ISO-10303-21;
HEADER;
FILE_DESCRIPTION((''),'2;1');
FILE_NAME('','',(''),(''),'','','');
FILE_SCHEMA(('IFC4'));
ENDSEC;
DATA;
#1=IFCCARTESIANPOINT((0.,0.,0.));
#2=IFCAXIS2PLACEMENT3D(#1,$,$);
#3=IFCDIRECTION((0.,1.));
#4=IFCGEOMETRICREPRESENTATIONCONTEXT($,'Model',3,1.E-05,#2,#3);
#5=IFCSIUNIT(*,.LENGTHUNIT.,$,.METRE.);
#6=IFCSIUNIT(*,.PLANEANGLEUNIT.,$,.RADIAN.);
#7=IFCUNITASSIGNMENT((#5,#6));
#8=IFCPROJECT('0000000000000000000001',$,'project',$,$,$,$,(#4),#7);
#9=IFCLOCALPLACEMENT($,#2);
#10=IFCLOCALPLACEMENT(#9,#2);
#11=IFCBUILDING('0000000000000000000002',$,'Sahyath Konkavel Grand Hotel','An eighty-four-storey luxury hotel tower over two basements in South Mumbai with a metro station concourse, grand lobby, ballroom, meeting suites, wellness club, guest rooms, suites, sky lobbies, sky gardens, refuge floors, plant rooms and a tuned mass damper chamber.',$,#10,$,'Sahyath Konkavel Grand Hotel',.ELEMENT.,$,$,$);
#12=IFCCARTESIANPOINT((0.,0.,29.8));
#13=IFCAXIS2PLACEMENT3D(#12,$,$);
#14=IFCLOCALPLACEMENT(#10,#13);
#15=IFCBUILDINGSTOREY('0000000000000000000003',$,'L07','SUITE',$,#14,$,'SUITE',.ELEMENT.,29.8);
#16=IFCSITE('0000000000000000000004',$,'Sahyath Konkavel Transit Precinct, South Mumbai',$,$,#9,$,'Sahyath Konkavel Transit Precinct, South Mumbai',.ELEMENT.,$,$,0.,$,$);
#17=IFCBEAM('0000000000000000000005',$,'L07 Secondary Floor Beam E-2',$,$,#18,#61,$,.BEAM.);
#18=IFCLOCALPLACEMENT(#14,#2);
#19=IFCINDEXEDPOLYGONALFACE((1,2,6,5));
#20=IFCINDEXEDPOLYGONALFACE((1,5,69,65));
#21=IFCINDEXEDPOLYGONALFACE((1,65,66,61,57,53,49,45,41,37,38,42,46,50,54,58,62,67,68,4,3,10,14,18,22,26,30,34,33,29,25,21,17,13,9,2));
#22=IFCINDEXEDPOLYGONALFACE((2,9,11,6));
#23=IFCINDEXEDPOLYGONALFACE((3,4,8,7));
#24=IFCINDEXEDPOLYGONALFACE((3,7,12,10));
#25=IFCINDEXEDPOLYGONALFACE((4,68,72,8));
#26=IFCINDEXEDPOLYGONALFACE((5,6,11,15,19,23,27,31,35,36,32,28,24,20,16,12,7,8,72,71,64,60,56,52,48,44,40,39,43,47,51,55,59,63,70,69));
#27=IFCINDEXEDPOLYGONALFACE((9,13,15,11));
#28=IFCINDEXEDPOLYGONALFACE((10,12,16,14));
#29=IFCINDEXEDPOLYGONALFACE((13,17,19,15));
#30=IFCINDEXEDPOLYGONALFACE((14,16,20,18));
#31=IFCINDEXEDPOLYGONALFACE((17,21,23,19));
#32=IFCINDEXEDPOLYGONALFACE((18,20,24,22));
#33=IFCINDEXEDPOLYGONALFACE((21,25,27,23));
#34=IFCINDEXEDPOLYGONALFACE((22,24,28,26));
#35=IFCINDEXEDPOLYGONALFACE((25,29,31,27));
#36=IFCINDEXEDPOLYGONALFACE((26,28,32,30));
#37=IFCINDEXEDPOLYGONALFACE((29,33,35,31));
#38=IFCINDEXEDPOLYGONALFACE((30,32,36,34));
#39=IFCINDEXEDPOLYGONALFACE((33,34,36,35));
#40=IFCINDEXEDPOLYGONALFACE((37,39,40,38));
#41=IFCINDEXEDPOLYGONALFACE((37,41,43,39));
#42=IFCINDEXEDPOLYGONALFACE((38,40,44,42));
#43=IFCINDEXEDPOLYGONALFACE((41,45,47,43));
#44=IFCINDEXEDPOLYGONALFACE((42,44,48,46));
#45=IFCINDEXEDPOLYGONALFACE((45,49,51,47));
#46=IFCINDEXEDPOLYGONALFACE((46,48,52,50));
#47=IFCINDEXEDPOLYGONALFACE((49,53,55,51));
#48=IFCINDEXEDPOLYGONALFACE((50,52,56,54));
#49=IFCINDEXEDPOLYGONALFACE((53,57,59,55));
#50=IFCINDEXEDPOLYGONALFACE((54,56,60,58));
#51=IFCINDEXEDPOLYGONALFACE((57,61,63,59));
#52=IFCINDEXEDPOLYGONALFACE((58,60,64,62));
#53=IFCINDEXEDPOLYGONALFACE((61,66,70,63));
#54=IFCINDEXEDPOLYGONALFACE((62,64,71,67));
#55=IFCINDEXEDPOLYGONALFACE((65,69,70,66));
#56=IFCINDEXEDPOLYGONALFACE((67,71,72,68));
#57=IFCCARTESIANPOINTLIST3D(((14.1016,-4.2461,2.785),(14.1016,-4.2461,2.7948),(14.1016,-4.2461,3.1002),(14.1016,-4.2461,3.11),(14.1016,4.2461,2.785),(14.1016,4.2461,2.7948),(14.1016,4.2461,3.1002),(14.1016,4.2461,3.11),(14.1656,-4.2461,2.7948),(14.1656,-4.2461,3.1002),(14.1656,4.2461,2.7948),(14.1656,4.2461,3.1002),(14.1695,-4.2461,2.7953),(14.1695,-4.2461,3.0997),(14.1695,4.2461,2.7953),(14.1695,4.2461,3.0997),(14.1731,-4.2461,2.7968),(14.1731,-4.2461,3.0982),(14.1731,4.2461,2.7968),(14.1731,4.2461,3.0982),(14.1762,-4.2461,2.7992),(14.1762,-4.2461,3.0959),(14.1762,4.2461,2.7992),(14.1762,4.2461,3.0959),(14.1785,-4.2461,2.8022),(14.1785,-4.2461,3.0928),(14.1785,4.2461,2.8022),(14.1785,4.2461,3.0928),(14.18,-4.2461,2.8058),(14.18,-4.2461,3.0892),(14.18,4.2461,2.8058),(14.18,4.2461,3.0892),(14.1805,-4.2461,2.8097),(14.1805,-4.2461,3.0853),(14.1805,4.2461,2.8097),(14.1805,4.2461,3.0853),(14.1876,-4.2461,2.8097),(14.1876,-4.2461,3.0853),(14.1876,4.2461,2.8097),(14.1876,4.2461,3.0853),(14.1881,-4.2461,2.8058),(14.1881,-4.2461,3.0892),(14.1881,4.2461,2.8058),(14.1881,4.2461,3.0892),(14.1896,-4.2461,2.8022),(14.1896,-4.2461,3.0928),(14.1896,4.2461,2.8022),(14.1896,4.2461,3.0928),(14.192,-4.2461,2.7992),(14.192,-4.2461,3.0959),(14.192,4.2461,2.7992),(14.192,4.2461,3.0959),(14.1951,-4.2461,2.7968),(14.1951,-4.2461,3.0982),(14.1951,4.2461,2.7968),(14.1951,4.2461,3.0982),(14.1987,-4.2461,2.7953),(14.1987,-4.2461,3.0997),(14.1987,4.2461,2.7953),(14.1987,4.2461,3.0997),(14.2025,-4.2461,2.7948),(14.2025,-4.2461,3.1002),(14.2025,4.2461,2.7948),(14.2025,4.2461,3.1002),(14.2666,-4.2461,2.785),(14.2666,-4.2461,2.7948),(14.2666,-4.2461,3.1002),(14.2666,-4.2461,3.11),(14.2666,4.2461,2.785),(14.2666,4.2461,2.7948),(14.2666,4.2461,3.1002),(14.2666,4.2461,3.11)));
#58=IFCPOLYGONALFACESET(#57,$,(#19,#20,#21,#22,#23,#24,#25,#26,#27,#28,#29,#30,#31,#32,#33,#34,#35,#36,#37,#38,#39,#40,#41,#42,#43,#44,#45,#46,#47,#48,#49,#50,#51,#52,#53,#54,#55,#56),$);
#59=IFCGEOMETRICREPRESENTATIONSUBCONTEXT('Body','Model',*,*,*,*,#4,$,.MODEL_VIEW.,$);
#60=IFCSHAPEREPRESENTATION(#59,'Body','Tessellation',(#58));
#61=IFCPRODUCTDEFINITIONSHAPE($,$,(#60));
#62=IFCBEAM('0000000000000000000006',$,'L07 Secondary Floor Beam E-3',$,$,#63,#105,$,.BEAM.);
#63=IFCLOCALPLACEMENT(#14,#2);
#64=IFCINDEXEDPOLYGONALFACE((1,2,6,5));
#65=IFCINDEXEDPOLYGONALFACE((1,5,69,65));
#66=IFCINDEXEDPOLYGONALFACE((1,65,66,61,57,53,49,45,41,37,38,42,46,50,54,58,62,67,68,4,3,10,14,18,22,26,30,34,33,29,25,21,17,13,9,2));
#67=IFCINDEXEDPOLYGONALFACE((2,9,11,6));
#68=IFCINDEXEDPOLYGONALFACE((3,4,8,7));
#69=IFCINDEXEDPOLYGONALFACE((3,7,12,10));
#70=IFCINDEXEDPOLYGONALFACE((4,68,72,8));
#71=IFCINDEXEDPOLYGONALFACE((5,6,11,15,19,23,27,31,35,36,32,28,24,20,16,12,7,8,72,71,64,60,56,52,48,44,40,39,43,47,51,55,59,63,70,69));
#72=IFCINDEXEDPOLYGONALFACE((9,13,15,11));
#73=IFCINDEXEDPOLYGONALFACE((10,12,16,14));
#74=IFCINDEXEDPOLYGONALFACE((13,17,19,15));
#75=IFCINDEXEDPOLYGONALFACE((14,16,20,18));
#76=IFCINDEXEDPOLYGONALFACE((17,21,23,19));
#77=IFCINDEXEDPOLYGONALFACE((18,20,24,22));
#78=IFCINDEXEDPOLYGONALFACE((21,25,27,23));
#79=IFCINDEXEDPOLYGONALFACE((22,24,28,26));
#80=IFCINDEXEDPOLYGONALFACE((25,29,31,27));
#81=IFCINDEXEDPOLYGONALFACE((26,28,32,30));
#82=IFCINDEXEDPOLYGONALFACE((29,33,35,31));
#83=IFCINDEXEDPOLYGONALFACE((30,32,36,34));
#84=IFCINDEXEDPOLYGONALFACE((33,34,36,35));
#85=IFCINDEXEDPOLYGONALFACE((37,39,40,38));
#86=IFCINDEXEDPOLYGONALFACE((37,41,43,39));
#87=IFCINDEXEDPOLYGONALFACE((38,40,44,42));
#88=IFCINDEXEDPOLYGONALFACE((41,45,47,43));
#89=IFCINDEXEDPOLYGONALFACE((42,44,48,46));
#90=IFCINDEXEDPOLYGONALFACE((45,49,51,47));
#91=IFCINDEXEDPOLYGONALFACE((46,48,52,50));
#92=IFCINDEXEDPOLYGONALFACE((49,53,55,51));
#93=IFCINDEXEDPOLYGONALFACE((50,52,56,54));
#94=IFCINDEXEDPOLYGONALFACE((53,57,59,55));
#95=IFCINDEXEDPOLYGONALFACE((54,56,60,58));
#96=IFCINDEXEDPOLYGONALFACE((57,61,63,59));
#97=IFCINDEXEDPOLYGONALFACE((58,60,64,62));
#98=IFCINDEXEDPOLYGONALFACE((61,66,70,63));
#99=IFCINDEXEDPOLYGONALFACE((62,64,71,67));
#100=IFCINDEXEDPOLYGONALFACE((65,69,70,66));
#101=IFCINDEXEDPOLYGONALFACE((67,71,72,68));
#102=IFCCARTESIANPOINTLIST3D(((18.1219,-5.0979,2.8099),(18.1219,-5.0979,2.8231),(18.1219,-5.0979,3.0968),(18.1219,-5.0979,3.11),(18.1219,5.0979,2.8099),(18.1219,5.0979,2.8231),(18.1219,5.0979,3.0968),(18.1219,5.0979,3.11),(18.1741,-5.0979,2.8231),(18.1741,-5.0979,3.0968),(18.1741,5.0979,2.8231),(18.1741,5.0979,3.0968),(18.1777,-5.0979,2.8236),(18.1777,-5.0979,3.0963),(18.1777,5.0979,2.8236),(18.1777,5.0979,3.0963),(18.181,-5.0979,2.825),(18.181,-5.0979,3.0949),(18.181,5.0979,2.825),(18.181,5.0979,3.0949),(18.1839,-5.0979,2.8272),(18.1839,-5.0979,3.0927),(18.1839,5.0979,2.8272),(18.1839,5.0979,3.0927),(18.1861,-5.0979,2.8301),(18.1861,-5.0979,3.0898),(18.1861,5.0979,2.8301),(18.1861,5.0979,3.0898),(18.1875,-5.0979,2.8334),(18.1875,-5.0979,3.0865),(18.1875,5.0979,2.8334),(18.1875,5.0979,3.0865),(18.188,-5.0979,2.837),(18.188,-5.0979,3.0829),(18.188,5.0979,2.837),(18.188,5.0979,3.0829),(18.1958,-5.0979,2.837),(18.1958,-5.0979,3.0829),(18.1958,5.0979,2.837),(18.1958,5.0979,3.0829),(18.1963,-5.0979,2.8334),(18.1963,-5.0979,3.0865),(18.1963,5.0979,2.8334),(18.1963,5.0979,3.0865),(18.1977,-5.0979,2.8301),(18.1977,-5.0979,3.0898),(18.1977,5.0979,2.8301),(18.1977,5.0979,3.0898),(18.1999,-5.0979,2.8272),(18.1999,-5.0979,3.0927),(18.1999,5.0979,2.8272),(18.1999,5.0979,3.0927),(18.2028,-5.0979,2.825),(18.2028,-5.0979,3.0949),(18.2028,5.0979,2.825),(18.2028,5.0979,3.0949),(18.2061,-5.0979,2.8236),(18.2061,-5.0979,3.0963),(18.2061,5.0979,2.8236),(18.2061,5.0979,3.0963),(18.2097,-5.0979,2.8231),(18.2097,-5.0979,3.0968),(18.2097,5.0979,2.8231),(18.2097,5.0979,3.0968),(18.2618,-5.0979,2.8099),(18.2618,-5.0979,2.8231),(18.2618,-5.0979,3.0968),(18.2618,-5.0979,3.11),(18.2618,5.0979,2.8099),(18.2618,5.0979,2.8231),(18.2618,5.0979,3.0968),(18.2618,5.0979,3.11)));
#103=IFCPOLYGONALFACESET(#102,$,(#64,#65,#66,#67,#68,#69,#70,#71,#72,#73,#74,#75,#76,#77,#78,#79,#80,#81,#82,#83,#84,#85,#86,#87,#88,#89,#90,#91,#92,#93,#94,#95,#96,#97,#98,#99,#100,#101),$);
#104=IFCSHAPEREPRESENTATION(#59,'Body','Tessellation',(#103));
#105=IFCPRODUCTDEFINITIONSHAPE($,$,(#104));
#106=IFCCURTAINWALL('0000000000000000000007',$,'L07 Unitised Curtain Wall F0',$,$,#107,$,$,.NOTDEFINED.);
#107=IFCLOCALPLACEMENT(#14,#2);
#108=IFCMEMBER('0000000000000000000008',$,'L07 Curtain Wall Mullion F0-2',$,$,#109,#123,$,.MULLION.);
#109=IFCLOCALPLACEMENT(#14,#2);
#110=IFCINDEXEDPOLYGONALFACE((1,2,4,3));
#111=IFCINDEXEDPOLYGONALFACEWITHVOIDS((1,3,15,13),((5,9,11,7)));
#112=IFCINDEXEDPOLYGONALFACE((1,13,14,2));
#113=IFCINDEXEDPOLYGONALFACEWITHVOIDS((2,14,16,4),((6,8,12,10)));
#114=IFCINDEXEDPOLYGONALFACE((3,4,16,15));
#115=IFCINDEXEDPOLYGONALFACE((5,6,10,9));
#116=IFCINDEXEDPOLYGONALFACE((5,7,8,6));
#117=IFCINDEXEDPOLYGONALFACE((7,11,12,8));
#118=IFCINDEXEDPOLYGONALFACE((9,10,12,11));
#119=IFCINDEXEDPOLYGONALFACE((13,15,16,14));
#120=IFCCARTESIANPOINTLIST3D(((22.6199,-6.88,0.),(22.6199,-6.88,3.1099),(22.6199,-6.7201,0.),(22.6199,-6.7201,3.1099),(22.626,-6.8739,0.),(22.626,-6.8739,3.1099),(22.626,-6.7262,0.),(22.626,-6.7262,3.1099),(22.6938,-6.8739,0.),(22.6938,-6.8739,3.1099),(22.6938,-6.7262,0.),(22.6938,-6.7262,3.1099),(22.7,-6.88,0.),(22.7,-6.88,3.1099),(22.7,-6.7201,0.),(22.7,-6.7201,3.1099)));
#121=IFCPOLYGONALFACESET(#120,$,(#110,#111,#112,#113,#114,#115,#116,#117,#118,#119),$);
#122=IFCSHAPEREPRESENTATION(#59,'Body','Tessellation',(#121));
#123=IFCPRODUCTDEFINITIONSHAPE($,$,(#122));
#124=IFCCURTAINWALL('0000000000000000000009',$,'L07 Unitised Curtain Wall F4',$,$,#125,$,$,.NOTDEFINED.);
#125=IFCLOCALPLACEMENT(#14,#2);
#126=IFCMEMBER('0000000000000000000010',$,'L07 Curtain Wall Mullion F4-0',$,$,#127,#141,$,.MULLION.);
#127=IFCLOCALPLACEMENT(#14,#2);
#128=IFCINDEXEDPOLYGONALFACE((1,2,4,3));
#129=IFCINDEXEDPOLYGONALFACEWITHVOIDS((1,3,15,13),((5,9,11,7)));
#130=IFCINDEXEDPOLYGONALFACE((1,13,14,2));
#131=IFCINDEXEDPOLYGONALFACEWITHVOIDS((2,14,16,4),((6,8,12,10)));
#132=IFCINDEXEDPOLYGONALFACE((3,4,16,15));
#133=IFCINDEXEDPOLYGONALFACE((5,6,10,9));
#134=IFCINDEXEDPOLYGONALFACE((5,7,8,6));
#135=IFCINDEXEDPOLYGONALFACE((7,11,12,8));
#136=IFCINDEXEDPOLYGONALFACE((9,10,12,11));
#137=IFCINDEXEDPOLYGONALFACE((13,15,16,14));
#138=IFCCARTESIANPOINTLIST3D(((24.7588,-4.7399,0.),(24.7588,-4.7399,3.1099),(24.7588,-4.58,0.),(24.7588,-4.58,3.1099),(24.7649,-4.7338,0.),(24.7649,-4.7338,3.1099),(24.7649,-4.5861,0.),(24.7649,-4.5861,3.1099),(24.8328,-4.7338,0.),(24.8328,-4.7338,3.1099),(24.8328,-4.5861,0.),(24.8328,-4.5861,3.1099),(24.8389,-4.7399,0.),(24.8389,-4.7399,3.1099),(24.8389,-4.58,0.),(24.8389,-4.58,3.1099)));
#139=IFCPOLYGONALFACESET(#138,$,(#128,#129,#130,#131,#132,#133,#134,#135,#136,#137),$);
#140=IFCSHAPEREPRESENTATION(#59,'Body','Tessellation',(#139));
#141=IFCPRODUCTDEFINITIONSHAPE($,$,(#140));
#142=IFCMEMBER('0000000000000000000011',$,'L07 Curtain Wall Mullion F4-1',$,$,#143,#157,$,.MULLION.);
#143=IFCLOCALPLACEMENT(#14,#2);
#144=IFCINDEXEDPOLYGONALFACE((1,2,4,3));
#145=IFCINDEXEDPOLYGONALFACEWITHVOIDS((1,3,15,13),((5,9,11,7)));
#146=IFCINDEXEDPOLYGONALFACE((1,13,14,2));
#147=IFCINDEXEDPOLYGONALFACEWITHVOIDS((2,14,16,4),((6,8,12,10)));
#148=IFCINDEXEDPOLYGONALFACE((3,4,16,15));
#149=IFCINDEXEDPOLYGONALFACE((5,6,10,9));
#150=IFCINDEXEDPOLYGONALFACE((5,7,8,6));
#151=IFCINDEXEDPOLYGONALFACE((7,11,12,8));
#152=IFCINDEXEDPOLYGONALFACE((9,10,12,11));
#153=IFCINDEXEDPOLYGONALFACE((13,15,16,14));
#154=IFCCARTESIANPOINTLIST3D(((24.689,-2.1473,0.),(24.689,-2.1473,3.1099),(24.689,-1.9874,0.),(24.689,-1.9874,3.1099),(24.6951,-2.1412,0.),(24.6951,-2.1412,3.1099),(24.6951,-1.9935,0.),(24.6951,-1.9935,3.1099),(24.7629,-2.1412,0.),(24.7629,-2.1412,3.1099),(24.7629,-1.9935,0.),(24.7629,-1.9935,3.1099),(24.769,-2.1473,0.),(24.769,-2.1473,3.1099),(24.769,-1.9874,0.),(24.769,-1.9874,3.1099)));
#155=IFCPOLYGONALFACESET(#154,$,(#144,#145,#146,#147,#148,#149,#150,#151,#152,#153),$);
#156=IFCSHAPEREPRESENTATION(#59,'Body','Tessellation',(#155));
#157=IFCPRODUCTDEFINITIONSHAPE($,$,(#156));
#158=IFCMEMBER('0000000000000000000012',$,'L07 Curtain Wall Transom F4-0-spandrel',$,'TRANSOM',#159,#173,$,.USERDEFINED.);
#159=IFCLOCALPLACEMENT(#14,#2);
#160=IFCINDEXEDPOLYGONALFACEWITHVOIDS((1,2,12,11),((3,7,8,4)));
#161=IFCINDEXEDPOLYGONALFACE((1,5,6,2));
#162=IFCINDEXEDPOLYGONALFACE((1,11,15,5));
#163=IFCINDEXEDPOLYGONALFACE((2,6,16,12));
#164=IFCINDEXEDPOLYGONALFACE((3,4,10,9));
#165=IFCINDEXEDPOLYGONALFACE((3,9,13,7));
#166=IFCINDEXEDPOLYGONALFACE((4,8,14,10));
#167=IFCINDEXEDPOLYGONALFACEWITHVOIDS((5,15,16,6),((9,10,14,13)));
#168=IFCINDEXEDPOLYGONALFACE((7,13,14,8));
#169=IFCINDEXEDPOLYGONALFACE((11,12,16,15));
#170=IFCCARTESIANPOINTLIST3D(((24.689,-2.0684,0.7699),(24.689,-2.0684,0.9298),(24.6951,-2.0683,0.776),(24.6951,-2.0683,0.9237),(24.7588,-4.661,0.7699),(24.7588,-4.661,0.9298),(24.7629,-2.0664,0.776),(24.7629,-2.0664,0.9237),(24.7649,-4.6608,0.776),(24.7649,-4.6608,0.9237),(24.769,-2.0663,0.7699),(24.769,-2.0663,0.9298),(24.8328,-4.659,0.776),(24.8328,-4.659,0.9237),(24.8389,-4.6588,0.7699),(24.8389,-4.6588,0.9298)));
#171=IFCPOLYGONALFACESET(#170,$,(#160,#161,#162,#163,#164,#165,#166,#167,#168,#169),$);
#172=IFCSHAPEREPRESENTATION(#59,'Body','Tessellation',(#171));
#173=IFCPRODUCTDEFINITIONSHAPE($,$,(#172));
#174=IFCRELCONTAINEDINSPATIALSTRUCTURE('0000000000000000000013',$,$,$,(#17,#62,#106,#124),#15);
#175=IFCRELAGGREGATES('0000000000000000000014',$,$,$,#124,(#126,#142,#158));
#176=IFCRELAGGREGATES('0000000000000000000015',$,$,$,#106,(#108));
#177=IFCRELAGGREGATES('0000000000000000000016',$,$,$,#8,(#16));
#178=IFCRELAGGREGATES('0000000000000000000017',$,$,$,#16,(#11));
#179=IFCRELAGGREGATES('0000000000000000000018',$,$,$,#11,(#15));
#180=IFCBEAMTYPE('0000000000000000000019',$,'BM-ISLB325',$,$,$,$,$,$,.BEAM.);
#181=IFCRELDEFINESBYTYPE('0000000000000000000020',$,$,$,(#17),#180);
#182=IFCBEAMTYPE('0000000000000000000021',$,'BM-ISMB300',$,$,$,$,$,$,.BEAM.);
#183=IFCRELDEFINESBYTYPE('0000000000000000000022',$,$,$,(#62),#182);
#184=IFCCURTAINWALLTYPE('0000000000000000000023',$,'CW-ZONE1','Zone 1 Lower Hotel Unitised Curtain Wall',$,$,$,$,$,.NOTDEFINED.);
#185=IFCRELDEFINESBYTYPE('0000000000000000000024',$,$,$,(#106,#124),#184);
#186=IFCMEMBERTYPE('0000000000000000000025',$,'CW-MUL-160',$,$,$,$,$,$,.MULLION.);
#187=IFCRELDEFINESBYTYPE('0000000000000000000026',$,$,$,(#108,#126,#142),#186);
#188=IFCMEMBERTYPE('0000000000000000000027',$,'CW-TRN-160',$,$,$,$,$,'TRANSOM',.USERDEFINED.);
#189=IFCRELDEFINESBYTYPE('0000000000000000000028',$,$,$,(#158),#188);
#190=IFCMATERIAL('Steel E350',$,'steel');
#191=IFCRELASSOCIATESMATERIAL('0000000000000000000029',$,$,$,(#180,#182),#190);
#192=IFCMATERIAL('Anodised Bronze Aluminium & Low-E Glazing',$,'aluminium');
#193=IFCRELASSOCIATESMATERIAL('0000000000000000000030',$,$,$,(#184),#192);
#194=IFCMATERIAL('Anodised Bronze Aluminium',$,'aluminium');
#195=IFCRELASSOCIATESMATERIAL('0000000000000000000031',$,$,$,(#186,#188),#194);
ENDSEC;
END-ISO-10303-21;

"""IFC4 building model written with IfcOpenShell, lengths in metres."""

from ifc_helpers import new_model, si_unit, direction, frame, origin, origin_2d, place, context, subcontext, project, spatial, hollow_rectangle, i_section, extrude, source, transform, mapped, material, material_profile, profile_set, type_object, element, aggregate, save


model = new_model("IFC4")

# Units and contexts
model_context = context("Model", 3, precision=1e-05, world=origin(), true_north=direction((0.0, 1.0)))
body_context = subcontext(model_context, "Body", "Model", "MODEL_VIEW")
ifc_project = project(units=[si_unit("LENGTHUNIT", "METRE"), si_unit("PLANEANGLEUNIT", "RADIAN")], contexts=[model_context])

# Site, building, storey
site_placement = place(None, origin())
site = spatial("IfcSite", under=ifc_project, at=site_placement, Name="Sahyath Konkavel Transit Precinct, South Mumbai", LongName="Sahyath Konkavel Transit Precinct, South Mumbai", CompositionType="ELEMENT", RefElevation=0.0)
building_placement = place(site_placement, origin())
building = spatial("IfcBuilding", under=site, at=building_placement, Name="Sahyath Konkavel Grand Hotel", Description="An eighty-four-storey luxury hotel tower over two basements in South Mumbai with a metro station concourse, grand lobby, ballroom, meeting suites, wellness club, guest rooms, suites, sky lobbies, sky gardens, refuge floors, plant rooms and a tuned mass damper chamber.", LongName="Sahyath Konkavel Grand Hotel", CompositionType="ELEMENT")
storey_placement = place(building_placement, frame((0.0, 0.0, 29.8)))
storey = spatial("IfcBuildingStorey", under=building, at=storey_placement, Name="L07", Description="SUITE", LongName="SUITE", CompositionType="ELEMENT", Elevation=29.8)

# Beams
ifc_material_1 = material(Name="Steel E350", Category="steel")
ifc_material_profile_1 = material_profile(ifc_material_1, i_section(OverallWidth=0.165, OverallDepth=0.325, WebThickness=0.0071, FlangeThickness=0.0098, FilletRadius=0.0149, at=origin_2d()), Name="ISLB 325")
ifc_profile_set_1 = profile_set([ifc_material_profile_1], Name="Steel E350")
beam_type_1 = type_object("IfcBeamType", Name="BM-ISLB325", PredefinedType="BEAM", material=ifc_profile_set_1)
shared_shape_1 = source(origin(), body_context, "Body", "SweptSolid", [
    extrude(i_section(OverallWidth=0.165, OverallDepth=0.325, WebThickness=0.0071, FlangeThickness=0.0098, FilletRadius=0.0149, at=origin_2d()), origin(), (0.0, 0.0, 1.0), 8.4922),
])
beam_1_placement = place(storey_placement, frame((14.1841, -4.2461, 2.9475), z_axis=(0.0, 1.0, 0.0), x_axis=(-1.0, 0.0, 0.0)))
element("IfcBeam", 1, at=beam_1_placement, inside=storey, type_object=beam_type_1, Name="L07 Secondary Floor Beam E-2", PredefinedType="BEAM", context=body_context, shape_type="MappedRepresentation", body=[
    mapped(shared_shape_1, transform((0.0, 0.0, 0.0), scale=1.0)),
])
ifc_material_profile_2 = material_profile(ifc_material_1, i_section(OverallWidth=0.1399, OverallDepth=0.3, WebThickness=0.0078, FlangeThickness=0.0132, FilletRadius=0.0139, at=origin_2d()), Name="ISMB 300")
ifc_profile_set_2 = profile_set([ifc_material_profile_2], Name="Steel E350")
beam_type_2 = type_object("IfcBeamType", Name="BM-ISMB300", PredefinedType="BEAM", material=ifc_profile_set_2)
shared_shape_2 = source(origin(), body_context, "Body", "SweptSolid", [
    extrude(i_section(OverallWidth=0.1399, OverallDepth=0.3, WebThickness=0.0078, FlangeThickness=0.0132, FilletRadius=0.0139, at=origin_2d()), origin(), (0.0, 0.0, 1.0), 10.1958),
])
beam_2_placement = place(storey_placement, frame((18.1919, -5.0979, 2.96), z_axis=(0.0, 1.0, 0.0), x_axis=(-1.0, 0.0, 0.0)))
element("IfcBeam", 2, at=beam_2_placement, inside=storey, type_object=beam_type_2, Name="L07 Secondary Floor Beam E-3", PredefinedType="BEAM", context=body_context, shape_type="MappedRepresentation", body=[
    mapped(shared_shape_2, transform((0.0, 0.0, 0.0), scale=1.0)),
])

# Curtain wall, member
ifc_material_2 = material(Name="Anodised Bronze Aluminium & Low-E Glazing", Category="aluminium")
curtain_wall_type = type_object("IfcCurtainWallType", Name="CW-ZONE1", Description="Zone 1 Lower Hotel Unitised Curtain Wall", PredefinedType="NOTDEFINED", material=ifc_material_2)
curtain_wall_1_placement = place(storey_placement, origin())
curtain_wall_1 = element("IfcCurtainWall", 3, at=curtain_wall_1_placement, inside=storey, type_object=curtain_wall_type, Name="L07 Unitised Curtain Wall F0", PredefinedType="NOTDEFINED")
ifc_material_3 = material(Name="Anodised Bronze Aluminium", Category="aluminium")
ifc_material_profile_3 = material_profile(ifc_material_3, hollow_rectangle(XDim=0.0801, YDim=0.1599, WallThickness=0.0061, at=origin_2d()), Name="RHS 160x80x6")
ifc_profile_set_3 = profile_set([ifc_material_profile_3], Name="Anodised Bronze Aluminium")
member_type_1 = type_object("IfcMemberType", Name="CW-MUL-160", PredefinedType="MULLION", material=ifc_profile_set_3)
shared_shape_3 = source(origin(), body_context, "Body", "SweptSolid", [
    extrude(hollow_rectangle(XDim=0.0801, YDim=0.1599, WallThickness=0.0061, at=origin_2d()), origin(), (0.0, 0.0, 1.0), 3.1099),
])
member_1_placement = place(storey_placement, frame((22.6599, -6.8, 0.0), z_axis=(0.0, 0.0, 1.0), x_axis=(1.0, 0.0, 0.0)))
member_1 = element("IfcMember", 4, at=member_1_placement, type_object=member_type_1, Name="L07 Curtain Wall Mullion F0-2", PredefinedType="MULLION", context=body_context, shape_type="MappedRepresentation", body=[
    mapped(shared_shape_3, transform((0.0, 0.0, 0.0), scale=1.0)),
])

# Curtain wall, members
curtain_wall_2_placement = place(storey_placement, origin())
curtain_wall_2 = element("IfcCurtainWall", 5, at=curtain_wall_2_placement, inside=storey, type_object=curtain_wall_type, Name="L07 Unitised Curtain Wall F4", PredefinedType="NOTDEFINED")
member_2_placement = place(storey_placement, frame((24.7988, -4.6599, 0.0), z_axis=(0.0, 0.0, 1.0), x_axis=(1.0, 0.0, 0.0)))
member_2 = element("IfcMember", 6, at=member_2_placement, type_object=member_type_1, Name="L07 Curtain Wall Mullion F4-0", PredefinedType="MULLION", context=body_context, shape_type="MappedRepresentation", body=[
    mapped(shared_shape_3, transform((0.0, 0.0, 0.0), scale=1.0)),
])
member_3_placement = place(storey_placement, frame((24.729, -2.0674, 0.0), z_axis=(0.0, 0.0, 1.0), x_axis=(1.0, 0.0, 0.0)))
member_3 = element("IfcMember", 7, at=member_3_placement, type_object=member_type_1, Name="L07 Curtain Wall Mullion F4-1", PredefinedType="MULLION", context=body_context, shape_type="MappedRepresentation", body=[
    mapped(shared_shape_3, transform((0.0, 0.0, 0.0), scale=1.0)),
])
ifc_material_profile_4 = material_profile(ifc_material_3, hollow_rectangle(XDim=0.0801, YDim=0.1599, WallThickness=0.0061, at=origin_2d()), Name="RHS 160x80x6")
ifc_profile_set_4 = profile_set([ifc_material_profile_4], Name="Anodised Bronze Aluminium")
member_type_2 = type_object("IfcMemberType", Name="CW-TRN-160", ElementType="TRANSOM", PredefinedType="USERDEFINED", material=ifc_profile_set_4)
shared_shape_4 = source(origin(), body_context, "Body", "SweptSolid", [
    extrude(hollow_rectangle(XDim=0.0801, YDim=0.1599, WallThickness=0.0061, at=origin_2d()), origin(), (0.0, 0.0, 1.0), 2.5935),
])
member_4_placement = place(storey_placement, frame((24.7988, -4.6599, 0.8499), z_axis=(-0.026923, 0.999638, 0.0), x_axis=(-0.999638, -0.026923, 0.0)))
member_4 = element("IfcMember", 8, at=member_4_placement, type_object=member_type_2, Name="L07 Curtain Wall Transom F4-0-spandrel", ObjectType="TRANSOM", PredefinedType="USERDEFINED", context=body_context, shape_type="MappedRepresentation", body=[
    mapped(shared_shape_4, transform((0.0, 0.0, 0.0), scale=1.0)),
])
aggregate(curtain_wall_2, [member_2, member_3, member_4])

aggregate(curtain_wall_1, [member_1])

save(model, "model.ifc")
